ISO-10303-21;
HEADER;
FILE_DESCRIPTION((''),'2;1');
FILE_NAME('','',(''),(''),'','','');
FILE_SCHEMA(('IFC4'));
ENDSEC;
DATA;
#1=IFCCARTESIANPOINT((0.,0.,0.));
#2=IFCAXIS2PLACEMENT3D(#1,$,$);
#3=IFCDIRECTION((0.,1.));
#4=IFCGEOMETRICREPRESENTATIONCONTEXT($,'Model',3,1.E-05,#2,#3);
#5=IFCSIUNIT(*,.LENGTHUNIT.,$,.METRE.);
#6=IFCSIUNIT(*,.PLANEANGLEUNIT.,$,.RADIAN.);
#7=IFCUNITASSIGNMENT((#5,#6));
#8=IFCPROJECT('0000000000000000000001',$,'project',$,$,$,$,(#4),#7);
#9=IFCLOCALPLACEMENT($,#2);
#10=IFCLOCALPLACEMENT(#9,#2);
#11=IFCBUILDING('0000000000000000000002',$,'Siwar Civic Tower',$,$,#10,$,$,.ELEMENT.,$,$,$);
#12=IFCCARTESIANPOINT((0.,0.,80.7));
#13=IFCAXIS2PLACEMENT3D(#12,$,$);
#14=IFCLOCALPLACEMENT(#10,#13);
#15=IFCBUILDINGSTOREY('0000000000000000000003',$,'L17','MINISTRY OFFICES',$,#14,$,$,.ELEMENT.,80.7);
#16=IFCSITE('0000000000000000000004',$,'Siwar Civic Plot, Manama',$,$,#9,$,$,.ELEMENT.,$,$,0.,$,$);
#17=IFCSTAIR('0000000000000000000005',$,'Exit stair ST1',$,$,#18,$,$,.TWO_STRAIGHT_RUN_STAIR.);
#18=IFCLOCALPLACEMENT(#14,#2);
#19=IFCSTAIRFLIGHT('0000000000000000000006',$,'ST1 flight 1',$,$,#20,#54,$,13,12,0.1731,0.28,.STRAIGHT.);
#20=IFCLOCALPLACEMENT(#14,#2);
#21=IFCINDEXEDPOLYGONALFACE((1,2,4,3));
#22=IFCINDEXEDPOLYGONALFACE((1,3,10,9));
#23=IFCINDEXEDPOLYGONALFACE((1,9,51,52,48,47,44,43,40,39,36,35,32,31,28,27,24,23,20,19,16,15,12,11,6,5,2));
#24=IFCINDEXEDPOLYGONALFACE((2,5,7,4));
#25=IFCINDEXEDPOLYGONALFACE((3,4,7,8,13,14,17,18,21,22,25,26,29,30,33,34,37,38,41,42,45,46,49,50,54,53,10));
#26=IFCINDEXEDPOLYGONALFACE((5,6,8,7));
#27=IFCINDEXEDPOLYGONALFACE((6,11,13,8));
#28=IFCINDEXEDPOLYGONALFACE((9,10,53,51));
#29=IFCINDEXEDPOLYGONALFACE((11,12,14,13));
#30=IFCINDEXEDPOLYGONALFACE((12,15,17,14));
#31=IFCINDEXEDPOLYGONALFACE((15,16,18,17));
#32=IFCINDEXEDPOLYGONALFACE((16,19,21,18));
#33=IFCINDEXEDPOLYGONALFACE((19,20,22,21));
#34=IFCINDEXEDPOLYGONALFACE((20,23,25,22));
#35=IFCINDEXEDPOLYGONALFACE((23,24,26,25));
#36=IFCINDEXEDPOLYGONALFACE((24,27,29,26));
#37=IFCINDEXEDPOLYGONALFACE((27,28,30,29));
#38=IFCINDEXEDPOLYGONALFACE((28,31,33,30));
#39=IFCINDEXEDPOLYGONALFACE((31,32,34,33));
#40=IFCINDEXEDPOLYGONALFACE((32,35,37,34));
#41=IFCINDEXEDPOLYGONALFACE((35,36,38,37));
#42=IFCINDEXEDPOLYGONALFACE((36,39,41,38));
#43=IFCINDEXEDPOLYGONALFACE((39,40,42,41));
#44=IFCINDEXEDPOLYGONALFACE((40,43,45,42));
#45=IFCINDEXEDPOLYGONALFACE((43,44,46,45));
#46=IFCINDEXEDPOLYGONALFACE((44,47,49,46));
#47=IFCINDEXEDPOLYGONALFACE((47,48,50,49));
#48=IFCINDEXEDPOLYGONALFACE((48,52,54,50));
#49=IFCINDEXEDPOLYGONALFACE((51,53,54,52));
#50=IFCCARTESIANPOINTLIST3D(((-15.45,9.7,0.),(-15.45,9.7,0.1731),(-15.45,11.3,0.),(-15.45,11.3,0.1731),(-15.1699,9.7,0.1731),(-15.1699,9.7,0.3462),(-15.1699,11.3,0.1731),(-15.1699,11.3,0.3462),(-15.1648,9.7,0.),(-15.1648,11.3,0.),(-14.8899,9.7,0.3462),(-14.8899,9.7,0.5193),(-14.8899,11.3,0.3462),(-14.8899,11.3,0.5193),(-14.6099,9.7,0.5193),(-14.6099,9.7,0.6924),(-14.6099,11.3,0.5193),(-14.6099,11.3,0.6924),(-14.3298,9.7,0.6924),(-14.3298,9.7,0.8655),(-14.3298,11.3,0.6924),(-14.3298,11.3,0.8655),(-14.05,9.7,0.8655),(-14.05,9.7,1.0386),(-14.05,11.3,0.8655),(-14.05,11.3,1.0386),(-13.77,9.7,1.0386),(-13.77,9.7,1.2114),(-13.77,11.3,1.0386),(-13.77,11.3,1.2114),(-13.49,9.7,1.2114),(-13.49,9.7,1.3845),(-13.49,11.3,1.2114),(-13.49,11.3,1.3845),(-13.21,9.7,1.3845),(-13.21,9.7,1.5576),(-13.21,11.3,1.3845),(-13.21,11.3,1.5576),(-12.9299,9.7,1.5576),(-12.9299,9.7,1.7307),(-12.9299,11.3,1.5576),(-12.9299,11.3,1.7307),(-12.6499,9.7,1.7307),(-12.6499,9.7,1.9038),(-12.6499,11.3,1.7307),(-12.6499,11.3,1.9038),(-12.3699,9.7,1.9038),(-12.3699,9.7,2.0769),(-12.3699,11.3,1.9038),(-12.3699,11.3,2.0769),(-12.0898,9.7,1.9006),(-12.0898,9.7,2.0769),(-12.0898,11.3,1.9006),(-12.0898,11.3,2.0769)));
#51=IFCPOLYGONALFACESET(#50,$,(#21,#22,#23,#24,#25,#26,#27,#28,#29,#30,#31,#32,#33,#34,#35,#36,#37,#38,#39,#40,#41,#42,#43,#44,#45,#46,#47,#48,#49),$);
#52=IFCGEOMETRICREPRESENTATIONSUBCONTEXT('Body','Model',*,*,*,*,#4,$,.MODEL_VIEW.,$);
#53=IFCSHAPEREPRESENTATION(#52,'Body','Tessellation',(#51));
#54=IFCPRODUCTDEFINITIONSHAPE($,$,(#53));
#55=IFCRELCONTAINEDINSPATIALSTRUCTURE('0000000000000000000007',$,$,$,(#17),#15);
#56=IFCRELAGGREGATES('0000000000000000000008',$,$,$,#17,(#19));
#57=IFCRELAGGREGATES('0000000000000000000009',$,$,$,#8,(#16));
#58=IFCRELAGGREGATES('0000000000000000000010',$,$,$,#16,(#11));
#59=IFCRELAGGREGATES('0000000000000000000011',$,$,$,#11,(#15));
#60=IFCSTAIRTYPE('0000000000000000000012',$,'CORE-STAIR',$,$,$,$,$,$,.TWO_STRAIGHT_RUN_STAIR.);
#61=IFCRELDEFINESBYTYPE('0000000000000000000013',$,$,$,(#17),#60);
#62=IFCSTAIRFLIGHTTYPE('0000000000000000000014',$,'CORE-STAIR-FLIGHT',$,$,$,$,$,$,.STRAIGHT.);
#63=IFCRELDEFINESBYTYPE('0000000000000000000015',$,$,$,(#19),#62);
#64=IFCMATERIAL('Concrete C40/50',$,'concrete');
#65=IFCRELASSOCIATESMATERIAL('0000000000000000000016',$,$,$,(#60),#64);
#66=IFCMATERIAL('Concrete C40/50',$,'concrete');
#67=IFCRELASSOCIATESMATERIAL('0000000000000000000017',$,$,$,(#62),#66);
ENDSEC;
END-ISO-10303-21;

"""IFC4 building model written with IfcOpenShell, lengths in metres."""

from ifc_helpers import new_model, si_unit, direction, frame, origin, place, context, subcontext, project, spatial, polyline, outline, extrude, material, type_object, element, aggregate, save


model = new_model("IFC4")

# Units and contexts
model_context = context("Model", 3, precision=1e-05, world=origin(), true_north=direction((0.0, 1.0)))
body_context = subcontext(model_context, "Body", "Model", "MODEL_VIEW")
ifc_project = project(units=[si_unit("LENGTHUNIT", "METRE"), si_unit("PLANEANGLEUNIT", "RADIAN")], contexts=[model_context])

# Site, building, storey
site_placement = place(None, origin())
site = spatial("IfcSite", under=ifc_project, at=site_placement, Name="Siwar Civic Plot, Manama", CompositionType="ELEMENT", RefElevation=0.0)
building_placement = place(site_placement, origin())
building = spatial("IfcBuilding", under=site, at=building_placement, Name="Siwar Civic Tower", CompositionType="ELEMENT")
storey_placement = place(building_placement, frame((0.0, 0.0, 80.7)))
storey = spatial("IfcBuildingStorey", under=building, at=storey_placement, Name="L17", Description="MINISTRY OFFICES", CompositionType="ELEMENT", Elevation=80.7)

# Stair
ifc_material_1 = material(Name="Concrete C40/50", Category="concrete")
stair_type = type_object("IfcStairType", Name="CORE-STAIR", PredefinedType="TWO_STRAIGHT_RUN_STAIR", material=ifc_material_1)
stair_1_placement = place(storey_placement, origin())
stair_1 = element("IfcStair", 1, at=stair_1_placement, inside=storey, type_object=stair_type, Name="Exit stair ST1", PredefinedType="TWO_STRAIGHT_RUN_STAIR")

# Stair flight
ifc_material_2 = material(Name="Concrete C40/50", Category="concrete")
stair_flight_type = type_object("IfcStairFlightType", Name="CORE-STAIR-FLIGHT", PredefinedType="STRAIGHT", material=ifc_material_2)
stair_flight_placement = place(storey_placement, frame((-15.45, 10.5, 0.0), z_axis=(0.0, 0.0, 1.0), x_axis=(1.0, 0.0, 0.0)))
stair_flight = element("IfcStairFlight", 2, at=stair_flight_placement, type_object=stair_flight_type, Name="ST1 flight 1", NumberOfRisers=13, NumberOfTreads=12, PredefinedType="STRAIGHT", RiserHeight=0.1731, TreadLength=0.28, context=body_context, shape_type="SweptSolid", body=[
    extrude(outline(polyline([(0.0, 0.0), (0.0, 0.1731), (0.28, 0.1731), (0.28, 0.3462), (0.5601, 0.3462), (0.5601, 0.5193), (0.8401, 0.5193), (0.8401, 0.6924), (1.1201, 0.6924), (1.1201, 0.8655), (1.3999, 0.8655), (1.3999, 1.0386), (1.6799, 1.0386), (1.6799, 1.2114), (1.96, 1.2114), (1.96, 1.3845), (2.24, 1.3845), (2.24, 1.5576), (2.52, 1.5576), (2.52, 1.7307), (2.8, 1.7307), (2.8, 1.9038), (3.0801, 1.9038), (3.0801, 2.0769), (3.3601, 2.0769), (3.3601, 2.25), (3.3601, 1.9006), (0.2852, 0.0), (0.0, 0.0)])), frame((0.0, 0.8, 0.0), z_axis=(0.0, -1.0, 0.0), x_axis=(1.0, 0.0, 0.0)), (0.0, 0.0, 1.0), 1.6001),
])
aggregate(stair_1, [stair_flight])

save(model, "model.ifc")
